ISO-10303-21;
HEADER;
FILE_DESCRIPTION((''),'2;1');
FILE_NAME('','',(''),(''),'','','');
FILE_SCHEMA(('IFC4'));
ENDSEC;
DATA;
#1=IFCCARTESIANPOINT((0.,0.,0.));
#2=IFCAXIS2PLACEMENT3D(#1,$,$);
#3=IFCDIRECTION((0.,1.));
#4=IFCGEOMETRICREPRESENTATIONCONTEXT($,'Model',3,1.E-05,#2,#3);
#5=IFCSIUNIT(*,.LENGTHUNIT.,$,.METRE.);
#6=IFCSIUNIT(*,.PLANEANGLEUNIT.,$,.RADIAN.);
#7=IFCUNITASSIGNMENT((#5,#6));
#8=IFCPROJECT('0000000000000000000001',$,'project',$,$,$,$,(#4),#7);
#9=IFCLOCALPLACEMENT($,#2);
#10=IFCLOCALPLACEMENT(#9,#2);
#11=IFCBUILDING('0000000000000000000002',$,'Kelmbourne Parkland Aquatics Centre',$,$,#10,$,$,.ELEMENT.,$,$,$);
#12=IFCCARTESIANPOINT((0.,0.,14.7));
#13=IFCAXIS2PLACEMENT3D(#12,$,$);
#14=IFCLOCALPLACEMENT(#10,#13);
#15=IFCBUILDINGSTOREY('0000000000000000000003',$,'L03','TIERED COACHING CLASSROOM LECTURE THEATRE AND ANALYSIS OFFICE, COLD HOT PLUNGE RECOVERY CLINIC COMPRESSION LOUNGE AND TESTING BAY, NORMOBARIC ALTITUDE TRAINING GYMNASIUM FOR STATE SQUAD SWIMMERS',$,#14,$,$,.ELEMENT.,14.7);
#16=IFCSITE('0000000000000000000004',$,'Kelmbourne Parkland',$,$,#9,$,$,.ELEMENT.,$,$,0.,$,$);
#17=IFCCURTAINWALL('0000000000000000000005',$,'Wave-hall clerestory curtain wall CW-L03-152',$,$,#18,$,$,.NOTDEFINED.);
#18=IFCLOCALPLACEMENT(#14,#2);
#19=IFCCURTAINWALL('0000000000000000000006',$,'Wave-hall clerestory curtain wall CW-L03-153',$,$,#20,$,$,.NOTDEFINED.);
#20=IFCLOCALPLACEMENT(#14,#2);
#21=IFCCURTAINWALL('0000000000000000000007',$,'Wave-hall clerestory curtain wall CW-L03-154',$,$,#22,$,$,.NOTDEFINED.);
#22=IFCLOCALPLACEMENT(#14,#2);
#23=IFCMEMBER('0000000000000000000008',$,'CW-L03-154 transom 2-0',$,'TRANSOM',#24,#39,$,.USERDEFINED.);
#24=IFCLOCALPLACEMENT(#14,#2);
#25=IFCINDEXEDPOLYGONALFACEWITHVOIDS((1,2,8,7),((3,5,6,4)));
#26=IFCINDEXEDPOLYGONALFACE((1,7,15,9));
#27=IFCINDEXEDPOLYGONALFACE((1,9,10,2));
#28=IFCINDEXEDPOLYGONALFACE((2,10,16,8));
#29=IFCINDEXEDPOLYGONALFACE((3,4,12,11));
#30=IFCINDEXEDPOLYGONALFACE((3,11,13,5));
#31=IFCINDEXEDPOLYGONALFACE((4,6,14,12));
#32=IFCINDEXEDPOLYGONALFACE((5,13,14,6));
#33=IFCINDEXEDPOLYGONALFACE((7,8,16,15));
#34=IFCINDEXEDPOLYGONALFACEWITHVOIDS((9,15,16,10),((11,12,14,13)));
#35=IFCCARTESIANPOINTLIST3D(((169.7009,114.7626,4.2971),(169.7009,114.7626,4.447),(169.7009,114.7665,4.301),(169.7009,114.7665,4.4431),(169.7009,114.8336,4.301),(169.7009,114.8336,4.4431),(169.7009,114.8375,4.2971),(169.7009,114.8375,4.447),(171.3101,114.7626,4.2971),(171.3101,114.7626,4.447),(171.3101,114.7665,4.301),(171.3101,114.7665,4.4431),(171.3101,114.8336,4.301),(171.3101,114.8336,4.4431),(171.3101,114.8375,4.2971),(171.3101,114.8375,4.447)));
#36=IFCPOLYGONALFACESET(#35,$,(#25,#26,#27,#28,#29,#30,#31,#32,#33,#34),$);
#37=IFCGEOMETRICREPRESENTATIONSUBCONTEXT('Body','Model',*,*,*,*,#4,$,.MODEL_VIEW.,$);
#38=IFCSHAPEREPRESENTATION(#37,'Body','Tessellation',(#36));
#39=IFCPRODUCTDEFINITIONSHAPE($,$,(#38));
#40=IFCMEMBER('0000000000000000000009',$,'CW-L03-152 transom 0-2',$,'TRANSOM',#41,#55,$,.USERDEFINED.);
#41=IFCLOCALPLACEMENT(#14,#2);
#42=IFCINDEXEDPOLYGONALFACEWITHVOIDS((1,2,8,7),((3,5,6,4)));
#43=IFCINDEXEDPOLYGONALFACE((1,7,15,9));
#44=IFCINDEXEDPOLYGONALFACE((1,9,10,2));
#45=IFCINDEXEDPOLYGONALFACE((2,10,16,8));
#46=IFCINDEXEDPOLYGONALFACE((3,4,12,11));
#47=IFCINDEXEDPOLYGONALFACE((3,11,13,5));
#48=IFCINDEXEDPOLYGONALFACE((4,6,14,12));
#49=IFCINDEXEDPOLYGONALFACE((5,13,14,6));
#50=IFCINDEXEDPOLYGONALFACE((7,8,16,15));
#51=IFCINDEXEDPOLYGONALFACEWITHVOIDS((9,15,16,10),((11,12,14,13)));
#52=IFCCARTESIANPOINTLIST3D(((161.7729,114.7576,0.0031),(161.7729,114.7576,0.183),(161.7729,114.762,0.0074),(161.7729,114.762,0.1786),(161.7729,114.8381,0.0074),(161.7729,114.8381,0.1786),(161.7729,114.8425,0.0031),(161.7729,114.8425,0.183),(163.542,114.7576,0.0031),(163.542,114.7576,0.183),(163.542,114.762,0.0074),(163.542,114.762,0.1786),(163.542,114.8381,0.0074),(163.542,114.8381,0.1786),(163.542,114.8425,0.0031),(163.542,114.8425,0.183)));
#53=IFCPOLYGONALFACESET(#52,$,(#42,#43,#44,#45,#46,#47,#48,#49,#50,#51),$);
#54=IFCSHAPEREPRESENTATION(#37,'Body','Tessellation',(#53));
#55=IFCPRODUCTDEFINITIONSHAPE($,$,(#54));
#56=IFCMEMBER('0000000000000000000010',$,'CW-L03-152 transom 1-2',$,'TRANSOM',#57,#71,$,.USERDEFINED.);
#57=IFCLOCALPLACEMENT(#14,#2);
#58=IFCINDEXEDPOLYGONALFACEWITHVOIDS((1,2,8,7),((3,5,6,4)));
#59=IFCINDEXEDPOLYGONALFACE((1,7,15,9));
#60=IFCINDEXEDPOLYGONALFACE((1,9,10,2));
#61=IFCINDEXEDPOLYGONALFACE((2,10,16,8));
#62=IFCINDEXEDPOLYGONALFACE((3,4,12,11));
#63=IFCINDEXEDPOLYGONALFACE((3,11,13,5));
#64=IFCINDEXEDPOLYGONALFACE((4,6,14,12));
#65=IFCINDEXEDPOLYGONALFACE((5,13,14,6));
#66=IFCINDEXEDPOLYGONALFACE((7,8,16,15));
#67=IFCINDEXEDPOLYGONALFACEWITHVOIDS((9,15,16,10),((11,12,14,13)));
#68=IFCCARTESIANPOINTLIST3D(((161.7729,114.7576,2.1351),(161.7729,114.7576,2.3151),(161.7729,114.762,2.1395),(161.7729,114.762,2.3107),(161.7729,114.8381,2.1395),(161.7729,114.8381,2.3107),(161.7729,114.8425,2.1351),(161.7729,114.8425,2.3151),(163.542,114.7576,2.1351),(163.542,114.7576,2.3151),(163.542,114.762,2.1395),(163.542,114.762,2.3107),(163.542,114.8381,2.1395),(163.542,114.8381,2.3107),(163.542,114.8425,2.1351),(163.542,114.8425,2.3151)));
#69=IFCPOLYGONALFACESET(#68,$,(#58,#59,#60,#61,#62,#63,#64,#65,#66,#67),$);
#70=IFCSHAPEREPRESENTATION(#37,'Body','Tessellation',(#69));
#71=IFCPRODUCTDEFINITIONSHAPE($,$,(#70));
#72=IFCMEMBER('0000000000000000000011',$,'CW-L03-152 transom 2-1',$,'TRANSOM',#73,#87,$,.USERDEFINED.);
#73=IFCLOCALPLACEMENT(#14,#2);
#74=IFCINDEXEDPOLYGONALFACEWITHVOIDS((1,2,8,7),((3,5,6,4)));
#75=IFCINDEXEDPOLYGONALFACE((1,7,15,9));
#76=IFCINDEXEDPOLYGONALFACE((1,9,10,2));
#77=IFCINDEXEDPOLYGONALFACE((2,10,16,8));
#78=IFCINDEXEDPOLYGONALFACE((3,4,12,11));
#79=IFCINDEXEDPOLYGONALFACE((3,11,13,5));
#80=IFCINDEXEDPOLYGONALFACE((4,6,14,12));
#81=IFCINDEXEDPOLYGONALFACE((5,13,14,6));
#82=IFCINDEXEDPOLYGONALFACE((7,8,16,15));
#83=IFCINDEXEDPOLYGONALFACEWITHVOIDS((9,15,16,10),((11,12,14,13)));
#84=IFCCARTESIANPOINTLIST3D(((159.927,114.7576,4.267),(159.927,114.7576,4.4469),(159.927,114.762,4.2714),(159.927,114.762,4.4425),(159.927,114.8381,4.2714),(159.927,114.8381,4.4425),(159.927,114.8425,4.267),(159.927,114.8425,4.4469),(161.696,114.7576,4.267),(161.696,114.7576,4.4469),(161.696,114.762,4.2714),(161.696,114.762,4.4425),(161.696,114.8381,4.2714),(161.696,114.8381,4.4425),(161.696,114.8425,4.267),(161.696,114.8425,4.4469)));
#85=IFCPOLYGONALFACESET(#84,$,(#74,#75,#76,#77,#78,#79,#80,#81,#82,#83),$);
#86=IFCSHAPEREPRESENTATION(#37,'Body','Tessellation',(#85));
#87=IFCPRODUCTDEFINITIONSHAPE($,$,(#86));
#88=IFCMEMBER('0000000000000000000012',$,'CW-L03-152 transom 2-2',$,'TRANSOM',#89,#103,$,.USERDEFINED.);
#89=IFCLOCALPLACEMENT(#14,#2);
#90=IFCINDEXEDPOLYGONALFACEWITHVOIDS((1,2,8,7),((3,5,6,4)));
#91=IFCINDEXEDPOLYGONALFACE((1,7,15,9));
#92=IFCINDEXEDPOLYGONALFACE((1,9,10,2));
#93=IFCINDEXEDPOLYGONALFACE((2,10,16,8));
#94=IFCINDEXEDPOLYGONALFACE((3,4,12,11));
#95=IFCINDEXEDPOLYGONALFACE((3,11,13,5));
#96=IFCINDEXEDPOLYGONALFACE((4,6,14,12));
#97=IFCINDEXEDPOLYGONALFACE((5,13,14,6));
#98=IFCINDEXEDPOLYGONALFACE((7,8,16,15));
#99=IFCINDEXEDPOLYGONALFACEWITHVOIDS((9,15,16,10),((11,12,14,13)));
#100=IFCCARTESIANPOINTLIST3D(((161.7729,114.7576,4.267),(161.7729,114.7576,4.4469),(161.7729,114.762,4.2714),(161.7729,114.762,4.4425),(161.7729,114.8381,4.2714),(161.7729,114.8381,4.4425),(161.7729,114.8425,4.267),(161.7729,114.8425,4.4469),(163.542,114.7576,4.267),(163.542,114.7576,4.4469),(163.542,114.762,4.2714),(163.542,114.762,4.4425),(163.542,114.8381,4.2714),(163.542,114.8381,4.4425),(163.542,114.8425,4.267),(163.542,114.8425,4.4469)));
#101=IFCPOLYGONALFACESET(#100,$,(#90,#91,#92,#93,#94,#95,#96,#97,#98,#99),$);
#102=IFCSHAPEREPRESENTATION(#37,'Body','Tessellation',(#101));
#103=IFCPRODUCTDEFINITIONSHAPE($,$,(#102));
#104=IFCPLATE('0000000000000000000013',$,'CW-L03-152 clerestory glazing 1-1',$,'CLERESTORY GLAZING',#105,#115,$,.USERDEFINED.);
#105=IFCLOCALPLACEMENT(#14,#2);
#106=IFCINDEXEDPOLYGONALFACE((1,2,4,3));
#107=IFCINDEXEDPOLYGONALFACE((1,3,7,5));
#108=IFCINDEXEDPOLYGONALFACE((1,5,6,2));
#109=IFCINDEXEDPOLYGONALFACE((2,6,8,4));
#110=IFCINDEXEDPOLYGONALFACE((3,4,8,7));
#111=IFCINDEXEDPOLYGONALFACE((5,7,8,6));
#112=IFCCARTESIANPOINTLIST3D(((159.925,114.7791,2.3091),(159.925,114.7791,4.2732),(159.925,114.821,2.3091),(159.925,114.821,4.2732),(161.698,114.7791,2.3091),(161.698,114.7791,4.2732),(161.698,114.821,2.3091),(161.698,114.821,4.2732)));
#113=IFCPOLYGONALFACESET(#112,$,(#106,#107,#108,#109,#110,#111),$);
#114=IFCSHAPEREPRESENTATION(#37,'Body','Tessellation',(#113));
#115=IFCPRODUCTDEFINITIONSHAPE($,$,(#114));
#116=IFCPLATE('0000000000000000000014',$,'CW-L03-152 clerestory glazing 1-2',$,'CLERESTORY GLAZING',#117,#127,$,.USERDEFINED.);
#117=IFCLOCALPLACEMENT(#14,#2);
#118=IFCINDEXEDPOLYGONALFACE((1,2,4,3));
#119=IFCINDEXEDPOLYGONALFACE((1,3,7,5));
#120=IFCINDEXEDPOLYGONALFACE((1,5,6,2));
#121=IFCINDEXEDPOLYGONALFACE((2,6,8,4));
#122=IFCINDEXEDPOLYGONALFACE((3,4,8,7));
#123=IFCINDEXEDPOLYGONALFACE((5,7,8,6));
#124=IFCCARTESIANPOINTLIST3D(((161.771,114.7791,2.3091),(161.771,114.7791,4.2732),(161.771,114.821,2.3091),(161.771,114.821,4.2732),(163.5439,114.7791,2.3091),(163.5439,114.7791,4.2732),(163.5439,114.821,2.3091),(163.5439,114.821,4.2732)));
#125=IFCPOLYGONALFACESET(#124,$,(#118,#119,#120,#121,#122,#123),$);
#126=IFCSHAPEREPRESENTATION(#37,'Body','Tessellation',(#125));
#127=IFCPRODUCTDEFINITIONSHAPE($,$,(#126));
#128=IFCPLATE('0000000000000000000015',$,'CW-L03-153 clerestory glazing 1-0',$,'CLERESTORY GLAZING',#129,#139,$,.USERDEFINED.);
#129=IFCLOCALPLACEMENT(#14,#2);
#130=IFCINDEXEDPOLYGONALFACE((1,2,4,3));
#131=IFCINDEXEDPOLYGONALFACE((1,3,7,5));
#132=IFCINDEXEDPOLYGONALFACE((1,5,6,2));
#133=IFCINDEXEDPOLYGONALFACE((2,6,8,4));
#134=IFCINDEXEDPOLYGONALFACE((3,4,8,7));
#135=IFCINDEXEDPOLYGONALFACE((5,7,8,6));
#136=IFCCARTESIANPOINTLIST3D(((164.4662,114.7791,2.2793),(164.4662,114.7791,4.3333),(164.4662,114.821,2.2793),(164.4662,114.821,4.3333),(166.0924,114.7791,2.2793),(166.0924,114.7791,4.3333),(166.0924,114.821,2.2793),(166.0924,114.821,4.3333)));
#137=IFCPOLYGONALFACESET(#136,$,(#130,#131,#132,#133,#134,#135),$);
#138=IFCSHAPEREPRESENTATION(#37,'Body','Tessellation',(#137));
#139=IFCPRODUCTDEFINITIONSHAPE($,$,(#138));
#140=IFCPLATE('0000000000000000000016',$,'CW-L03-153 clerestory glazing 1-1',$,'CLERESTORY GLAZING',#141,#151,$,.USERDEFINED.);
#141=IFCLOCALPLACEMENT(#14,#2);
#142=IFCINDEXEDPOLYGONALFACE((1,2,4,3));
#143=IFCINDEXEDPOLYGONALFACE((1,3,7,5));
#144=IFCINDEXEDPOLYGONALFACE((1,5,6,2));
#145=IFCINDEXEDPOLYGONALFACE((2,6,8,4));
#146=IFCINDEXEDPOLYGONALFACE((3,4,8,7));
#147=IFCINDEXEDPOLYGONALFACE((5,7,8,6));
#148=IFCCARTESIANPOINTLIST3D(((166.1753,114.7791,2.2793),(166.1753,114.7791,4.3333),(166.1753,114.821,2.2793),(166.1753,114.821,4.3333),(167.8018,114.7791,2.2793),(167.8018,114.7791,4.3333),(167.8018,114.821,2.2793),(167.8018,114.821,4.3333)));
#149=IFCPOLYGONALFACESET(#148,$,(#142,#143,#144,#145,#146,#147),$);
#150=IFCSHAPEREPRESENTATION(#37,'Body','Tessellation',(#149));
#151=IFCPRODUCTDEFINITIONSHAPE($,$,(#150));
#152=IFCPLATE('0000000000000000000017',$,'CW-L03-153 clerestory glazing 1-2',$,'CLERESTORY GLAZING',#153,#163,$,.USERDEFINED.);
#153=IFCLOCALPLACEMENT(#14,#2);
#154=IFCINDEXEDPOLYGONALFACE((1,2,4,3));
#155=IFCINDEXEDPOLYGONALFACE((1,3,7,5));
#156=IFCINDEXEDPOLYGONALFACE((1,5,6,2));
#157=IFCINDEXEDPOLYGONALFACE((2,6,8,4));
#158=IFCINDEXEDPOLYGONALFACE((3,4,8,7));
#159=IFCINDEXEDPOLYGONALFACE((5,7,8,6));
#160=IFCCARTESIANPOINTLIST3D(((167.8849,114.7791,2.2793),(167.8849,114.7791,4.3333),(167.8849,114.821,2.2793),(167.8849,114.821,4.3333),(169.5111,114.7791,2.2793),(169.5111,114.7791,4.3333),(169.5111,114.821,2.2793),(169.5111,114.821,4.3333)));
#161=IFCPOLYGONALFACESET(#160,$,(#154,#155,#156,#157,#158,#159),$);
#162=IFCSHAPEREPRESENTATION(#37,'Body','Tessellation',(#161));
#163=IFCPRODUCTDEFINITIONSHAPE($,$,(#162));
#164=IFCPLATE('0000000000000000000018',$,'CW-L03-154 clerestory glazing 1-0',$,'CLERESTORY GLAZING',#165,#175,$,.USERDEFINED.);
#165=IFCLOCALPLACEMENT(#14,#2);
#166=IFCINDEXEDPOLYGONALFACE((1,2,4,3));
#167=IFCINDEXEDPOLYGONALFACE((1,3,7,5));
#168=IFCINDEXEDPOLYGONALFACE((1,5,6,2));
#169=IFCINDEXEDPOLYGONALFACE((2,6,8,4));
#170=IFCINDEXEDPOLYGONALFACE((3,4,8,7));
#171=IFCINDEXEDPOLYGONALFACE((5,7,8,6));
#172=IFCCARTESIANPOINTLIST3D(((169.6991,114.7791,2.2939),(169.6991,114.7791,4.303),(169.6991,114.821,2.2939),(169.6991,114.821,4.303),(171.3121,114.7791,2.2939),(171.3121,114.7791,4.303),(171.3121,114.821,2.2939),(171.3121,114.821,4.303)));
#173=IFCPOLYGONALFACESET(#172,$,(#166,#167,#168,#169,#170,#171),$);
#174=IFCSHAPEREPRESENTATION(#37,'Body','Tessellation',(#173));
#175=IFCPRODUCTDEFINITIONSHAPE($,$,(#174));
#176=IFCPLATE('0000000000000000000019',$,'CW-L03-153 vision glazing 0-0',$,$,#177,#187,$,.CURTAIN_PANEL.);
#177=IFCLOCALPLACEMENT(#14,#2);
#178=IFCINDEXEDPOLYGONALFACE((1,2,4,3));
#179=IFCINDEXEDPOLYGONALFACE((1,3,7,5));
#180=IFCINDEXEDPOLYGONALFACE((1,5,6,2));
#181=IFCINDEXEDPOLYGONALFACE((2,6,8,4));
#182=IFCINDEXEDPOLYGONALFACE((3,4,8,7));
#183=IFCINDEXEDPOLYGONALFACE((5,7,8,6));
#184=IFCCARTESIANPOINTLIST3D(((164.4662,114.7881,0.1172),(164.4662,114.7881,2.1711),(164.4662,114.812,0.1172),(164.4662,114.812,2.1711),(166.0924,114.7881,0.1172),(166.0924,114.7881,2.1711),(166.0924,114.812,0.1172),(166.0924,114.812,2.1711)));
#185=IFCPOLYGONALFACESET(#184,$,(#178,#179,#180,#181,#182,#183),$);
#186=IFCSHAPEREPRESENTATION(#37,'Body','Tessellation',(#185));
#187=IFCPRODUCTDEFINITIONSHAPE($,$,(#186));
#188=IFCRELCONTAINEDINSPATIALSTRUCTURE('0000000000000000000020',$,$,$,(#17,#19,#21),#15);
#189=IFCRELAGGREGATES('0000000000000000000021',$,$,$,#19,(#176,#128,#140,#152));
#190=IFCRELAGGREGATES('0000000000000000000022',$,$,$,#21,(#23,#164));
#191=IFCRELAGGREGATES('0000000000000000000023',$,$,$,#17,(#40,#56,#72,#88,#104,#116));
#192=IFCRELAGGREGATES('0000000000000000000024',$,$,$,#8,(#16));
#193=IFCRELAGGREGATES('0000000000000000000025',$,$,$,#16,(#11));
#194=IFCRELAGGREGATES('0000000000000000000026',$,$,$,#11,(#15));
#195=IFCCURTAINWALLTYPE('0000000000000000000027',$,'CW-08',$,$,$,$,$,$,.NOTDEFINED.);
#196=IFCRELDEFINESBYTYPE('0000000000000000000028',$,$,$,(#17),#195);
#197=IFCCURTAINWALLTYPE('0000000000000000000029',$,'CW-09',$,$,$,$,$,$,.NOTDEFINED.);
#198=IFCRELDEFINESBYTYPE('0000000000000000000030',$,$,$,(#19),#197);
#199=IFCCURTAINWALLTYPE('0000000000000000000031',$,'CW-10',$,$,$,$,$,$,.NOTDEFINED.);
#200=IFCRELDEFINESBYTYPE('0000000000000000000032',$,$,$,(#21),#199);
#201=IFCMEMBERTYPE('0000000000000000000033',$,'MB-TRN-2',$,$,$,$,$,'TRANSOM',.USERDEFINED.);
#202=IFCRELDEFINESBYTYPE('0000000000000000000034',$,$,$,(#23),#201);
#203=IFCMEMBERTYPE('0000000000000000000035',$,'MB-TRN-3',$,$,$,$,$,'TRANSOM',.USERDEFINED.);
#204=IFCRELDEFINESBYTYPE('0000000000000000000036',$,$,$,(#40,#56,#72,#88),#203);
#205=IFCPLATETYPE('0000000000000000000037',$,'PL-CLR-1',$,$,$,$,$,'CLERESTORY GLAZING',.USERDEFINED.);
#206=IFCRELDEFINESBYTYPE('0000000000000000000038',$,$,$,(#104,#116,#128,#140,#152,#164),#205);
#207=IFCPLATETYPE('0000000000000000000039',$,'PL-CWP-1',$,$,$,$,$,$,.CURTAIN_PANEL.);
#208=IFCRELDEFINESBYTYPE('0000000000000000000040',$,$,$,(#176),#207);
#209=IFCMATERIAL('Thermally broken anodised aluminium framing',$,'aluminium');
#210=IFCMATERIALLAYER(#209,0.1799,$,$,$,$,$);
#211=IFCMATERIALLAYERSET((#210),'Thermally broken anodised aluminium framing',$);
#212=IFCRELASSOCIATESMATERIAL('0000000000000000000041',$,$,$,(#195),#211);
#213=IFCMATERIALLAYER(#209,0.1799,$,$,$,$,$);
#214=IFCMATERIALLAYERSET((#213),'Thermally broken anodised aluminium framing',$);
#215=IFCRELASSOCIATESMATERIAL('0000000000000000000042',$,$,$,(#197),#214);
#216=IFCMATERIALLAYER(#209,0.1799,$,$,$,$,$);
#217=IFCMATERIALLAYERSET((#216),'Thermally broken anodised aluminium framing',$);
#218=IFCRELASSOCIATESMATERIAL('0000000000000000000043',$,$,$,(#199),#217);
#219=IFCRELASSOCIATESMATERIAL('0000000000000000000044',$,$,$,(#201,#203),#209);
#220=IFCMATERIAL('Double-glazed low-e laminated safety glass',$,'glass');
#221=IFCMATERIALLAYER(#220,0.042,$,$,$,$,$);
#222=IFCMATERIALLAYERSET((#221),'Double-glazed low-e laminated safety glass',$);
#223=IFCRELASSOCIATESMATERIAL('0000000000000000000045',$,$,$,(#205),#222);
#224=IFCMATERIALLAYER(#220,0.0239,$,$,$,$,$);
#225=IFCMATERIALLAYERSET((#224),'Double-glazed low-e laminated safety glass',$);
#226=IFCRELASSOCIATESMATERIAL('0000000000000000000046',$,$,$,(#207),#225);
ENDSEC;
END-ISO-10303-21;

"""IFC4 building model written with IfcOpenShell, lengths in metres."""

from ifc_helpers import new_model, si_unit, direction, frame, origin, origin_2d, place, context, subcontext, project, spatial, rectangle, hollow_rectangle, extrude, material, layer, layer_set, material_profile, profile_set, type_object, element, aggregate, save


model = new_model("IFC4")

# Units and contexts
model_context = context("Model", 3, precision=1e-05, world=origin(), true_north=direction((0.0, 1.0)))
body_context = subcontext(model_context, "Body", "Model", "MODEL_VIEW")
ifc_project = project(units=[si_unit("LENGTHUNIT", "METRE"), si_unit("PLANEANGLEUNIT", "RADIAN")], contexts=[model_context])

# Site, building, storey
site_placement = place(None, origin())
site = spatial("IfcSite", under=ifc_project, at=site_placement, Name="Kelmbourne Parkland", CompositionType="ELEMENT", RefElevation=0.0)
building_placement = place(site_placement, origin())
building = spatial("IfcBuilding", under=site, at=building_placement, Name="Kelmbourne Parkland Aquatics Centre", CompositionType="ELEMENT")
storey_placement = place(building_placement, frame((0.0, 0.0, 14.7)))
storey = spatial("IfcBuildingStorey", under=building, at=storey_placement, Name="L03", Description="TIERED COACHING CLASSROOM LECTURE THEATRE AND ANALYSIS OFFICE, COLD HOT PLUNGE RECOVERY CLINIC COMPRESSION LOUNGE AND TESTING BAY, NORMOBARIC ALTITUDE TRAINING GYMNASIUM FOR STATE SQUAD SWIMMERS", CompositionType="ELEMENT", Elevation=14.7)

# Curtain walls
ifc_material_1 = material(Name="Thermally broken anodised aluminium framing", Category="aluminium")
ifc_layer_1 = layer(ifc_material_1, 0.1799)
ifc_layer_set_1 = layer_set([ifc_layer_1], Name="Thermally broken anodised aluminium framing")
curtain_wall_type_1 = type_object("IfcCurtainWallType", Name="CW-08", PredefinedType="NOTDEFINED", material=ifc_layer_set_1)
curtain_wall_1_placement = place(storey_placement, origin())
curtain_wall_1 = element("IfcCurtainWall", 1, at=curtain_wall_1_placement, inside=storey, type_object=curtain_wall_type_1, Name="Wave-hall clerestory curtain wall CW-L03-152", PredefinedType="NOTDEFINED")
ifc_layer_2 = layer(ifc_material_1, 0.1799)
ifc_layer_set_2 = layer_set([ifc_layer_2], Name="Thermally broken anodised aluminium framing")
curtain_wall_type_2 = type_object("IfcCurtainWallType", Name="CW-09", PredefinedType="NOTDEFINED", material=ifc_layer_set_2)
curtain_wall_2_placement = place(storey_placement, origin())
curtain_wall_2 = element("IfcCurtainWall", 2, at=curtain_wall_2_placement, inside=storey, type_object=curtain_wall_type_2, Name="Wave-hall clerestory curtain wall CW-L03-153", PredefinedType="NOTDEFINED")
ifc_layer_3 = layer(ifc_material_1, 0.1799)
ifc_layer_set_3 = layer_set([ifc_layer_3], Name="Thermally broken anodised aluminium framing")
curtain_wall_type_3 = type_object("IfcCurtainWallType", Name="CW-10", PredefinedType="NOTDEFINED", material=ifc_layer_set_3)
curtain_wall_3_placement = place(storey_placement, origin())
curtain_wall_3 = element("IfcCurtainWall", 3, at=curtain_wall_3_placement, inside=storey, type_object=curtain_wall_type_3, Name="Wave-hall clerestory curtain wall CW-L03-154", PredefinedType="NOTDEFINED")

# Members
ifc_material_profile_1 = material_profile(ifc_material_1, hollow_rectangle(XDim=0.075, YDim=0.1499, WallThickness=0.0039, at=origin_2d()), Name="CW-T 75x150")
ifc_profile_set_1 = profile_set([ifc_material_profile_1], Name="Thermally broken anodised aluminium framing")
member_type_1 = type_object("IfcMemberType", Name="MB-TRN-2", ElementType="TRANSOM", PredefinedType="USERDEFINED", material=ifc_profile_set_1)
member_1_placement = place(storey_placement, frame((169.7009, 114.8, 4.3721), z_axis=(1.0, 0.0, 0.0), x_axis=(0.0, 1.0, 0.0)))
member_1 = element("IfcMember", 4, at=member_1_placement, type_object=member_type_1, Name="CW-L03-154 transom 2-0", ObjectType="TRANSOM", PredefinedType="USERDEFINED", context=body_context, shape_type="SweptSolid", body=[
    extrude(hollow_rectangle(XDim=0.075, YDim=0.1499, WallThickness=0.0039, at=origin_2d()), origin(), (0.0, 0.0, 1.0), 1.6091),
])
ifc_material_profile_2 = material_profile(ifc_material_1, hollow_rectangle(XDim=0.085, YDim=0.1799, WallThickness=0.0044, at=origin_2d()), Name="CW-T 85x180")
ifc_profile_set_2 = profile_set([ifc_material_profile_2], Name="Thermally broken anodised aluminium framing")
member_type_2 = type_object("IfcMemberType", Name="MB-TRN-3", ElementType="TRANSOM", PredefinedType="USERDEFINED", material=ifc_profile_set_2)
member_2_placement = place(storey_placement, frame((161.7729, 114.8, 0.093), z_axis=(1.0, 0.0, 0.0), x_axis=(0.0, 1.0, 0.0)))
member_2 = element("IfcMember", 5, at=member_2_placement, type_object=member_type_2, Name="CW-L03-152 transom 0-2", ObjectType="TRANSOM", PredefinedType="USERDEFINED", context=body_context, shape_type="SweptSolid", body=[
    extrude(hollow_rectangle(XDim=0.085, YDim=0.1799, WallThickness=0.0044, at=origin_2d()), origin(), (0.0, 0.0, 1.0), 1.769),
])
member_3_placement = place(storey_placement, frame((161.7729, 114.8, 2.2251), z_axis=(1.0, 0.0, 0.0), x_axis=(0.0, 1.0, 0.0)))
member_3 = element("IfcMember", 6, at=member_3_placement, type_object=member_type_2, Name="CW-L03-152 transom 1-2", ObjectType="TRANSOM", PredefinedType="USERDEFINED", context=body_context, shape_type="SweptSolid", body=[
    extrude(hollow_rectangle(XDim=0.085, YDim=0.1799, WallThickness=0.0044, at=origin_2d()), origin(), (0.0, 0.0, 1.0), 1.769),
])
member_4_placement = place(storey_placement, frame((159.927, 114.8, 4.3569), z_axis=(1.0, 0.0, 0.0), x_axis=(0.0, 1.0, 0.0)))
member_4 = element("IfcMember", 7, at=member_4_placement, type_object=member_type_2, Name="CW-L03-152 transom 2-1", ObjectType="TRANSOM", PredefinedType="USERDEFINED", context=body_context, shape_type="SweptSolid", body=[
    extrude(hollow_rectangle(XDim=0.085, YDim=0.1799, WallThickness=0.0044, at=origin_2d()), origin(), (0.0, 0.0, 1.0), 1.769),
])
member_5_placement = place(storey_placement, frame((161.7729, 114.8, 4.3569), z_axis=(1.0, 0.0, 0.0), x_axis=(0.0, 1.0, 0.0)))
member_5 = element("IfcMember", 8, at=member_5_placement, type_object=member_type_2, Name="CW-L03-152 transom 2-2", ObjectType="TRANSOM", PredefinedType="USERDEFINED", context=body_context, shape_type="SweptSolid", body=[
    extrude(hollow_rectangle(XDim=0.085, YDim=0.1799, WallThickness=0.0044, at=origin_2d()), origin(), (0.0, 0.0, 1.0), 1.769),
])

# Plates
ifc_material_2 = material(Name="Double-glazed low-e laminated safety glass", Category="glass")
ifc_layer_4 = layer(ifc_material_2, 0.042)
ifc_layer_set_4 = layer_set([ifc_layer_4], Name="Double-glazed low-e laminated safety glass")
plate_type_1 = type_object("IfcPlateType", Name="PL-CLR-1", ElementType="CLERESTORY GLAZING", PredefinedType="USERDEFINED", material=ifc_layer_set_4)
plate_1_placement = place(storey_placement, frame((160.8115, 114.8, 2.3091), z_axis=(0.0, 0.0, 1.0), x_axis=(1.0, 0.0, 0.0)))
plate_1 = element("IfcPlate", 9, at=plate_1_placement, type_object=plate_type_1, Name="CW-L03-152 clerestory glazing 1-1", ObjectType="CLERESTORY GLAZING", PredefinedType="USERDEFINED", context=body_context, shape_type="SweptSolid", body=[
    extrude(rectangle(XDim=1.7729, YDim=0.042, at=origin_2d()), origin(), (0.0, 0.0, 1.0), 1.9641),
])
plate_2_placement = place(storey_placement, frame((162.6575, 114.8, 2.3091), z_axis=(0.0, 0.0, 1.0), x_axis=(1.0, 0.0, 0.0)))
plate_2 = element("IfcPlate", 10, at=plate_2_placement, type_object=plate_type_1, Name="CW-L03-152 clerestory glazing 1-2", ObjectType="CLERESTORY GLAZING", PredefinedType="USERDEFINED", context=body_context, shape_type="SweptSolid", body=[
    extrude(rectangle(XDim=1.7729, YDim=0.042, at=origin_2d()), origin(), (0.0, 0.0, 1.0), 1.9641),
])
plate_3_placement = place(storey_placement, frame((165.2793, 114.8, 2.2793), z_axis=(0.0, 0.0, 1.0), x_axis=(1.0, 0.0, 0.0)))
plate_3 = element("IfcPlate", 11, at=plate_3_placement, type_object=plate_type_1, Name="CW-L03-153 clerestory glazing 1-0", ObjectType="CLERESTORY GLAZING", PredefinedType="USERDEFINED", context=body_context, shape_type="SweptSolid", body=[
    extrude(rectangle(XDim=1.6262, YDim=0.042, at=origin_2d()), origin(), (0.0, 0.0, 1.0), 2.054),
])
plate_4_placement = place(storey_placement, frame((166.9885, 114.8, 2.2793), z_axis=(0.0, 0.0, 1.0), x_axis=(1.0, 0.0, 0.0)))
plate_4 = element("IfcPlate", 12, at=plate_4_placement, type_object=plate_type_1, Name="CW-L03-153 clerestory glazing 1-1", ObjectType="CLERESTORY GLAZING", PredefinedType="USERDEFINED", context=body_context, shape_type="SweptSolid", body=[
    extrude(rectangle(XDim=1.6265, YDim=0.042, at=origin_2d()), origin(), (0.0, 0.0, 1.0), 2.054),
])
plate_5_placement = place(storey_placement, frame((168.698, 114.8, 2.2793), z_axis=(0.0, 0.0, 1.0), x_axis=(1.0, 0.0, 0.0)))
plate_5 = element("IfcPlate", 13, at=plate_5_placement, type_object=plate_type_1, Name="CW-L03-153 clerestory glazing 1-2", ObjectType="CLERESTORY GLAZING", PredefinedType="USERDEFINED", context=body_context, shape_type="SweptSolid", body=[
    extrude(rectangle(XDim=1.6262, YDim=0.042, at=origin_2d()), origin(), (0.0, 0.0, 1.0), 2.054),
])
plate_6_placement = place(storey_placement, frame((170.5056, 114.8, 2.2939), z_axis=(0.0, 0.0, 1.0), x_axis=(1.0, 0.0, 0.0)))
plate_6 = element("IfcPlate", 14, at=plate_6_placement, type_object=plate_type_1, Name="CW-L03-154 clerestory glazing 1-0", ObjectType="CLERESTORY GLAZING", PredefinedType="USERDEFINED", context=body_context, shape_type="SweptSolid", body=[
    extrude(rectangle(XDim=1.613, YDim=0.042, at=origin_2d()), origin(), (0.0, 0.0, 1.0), 2.009),
])
ifc_layer_5 = layer(ifc_material_2, 0.0239)
ifc_layer_set_5 = layer_set([ifc_layer_5], Name="Double-glazed low-e laminated safety glass")
plate_type_2 = type_object("IfcPlateType", Name="PL-CWP-1", PredefinedType="CURTAIN_PANEL", material=ifc_layer_set_5)
plate_7_placement = place(storey_placement, frame((165.2793, 114.8, 0.1172), z_axis=(0.0, 0.0, 1.0), x_axis=(1.0, 0.0, 0.0)))
plate_7 = element("IfcPlate", 15, at=plate_7_placement, type_object=plate_type_2, Name="CW-L03-153 vision glazing 0-0", PredefinedType="CURTAIN_PANEL", context=body_context, shape_type="SweptSolid", body=[
    extrude(rectangle(XDim=1.6262, YDim=0.0239, at=origin_2d()), origin(), (0.0, 0.0, 1.0), 2.054),
])
aggregate(curtain_wall_2, [plate_7, plate_3, plate_4, plate_5])
aggregate(curtain_wall_3, [member_1, plate_6])
aggregate(curtain_wall_1, [member_2, member_3, member_4, member_5, plate_1, plate_2])

save(model, "model.ifc")
